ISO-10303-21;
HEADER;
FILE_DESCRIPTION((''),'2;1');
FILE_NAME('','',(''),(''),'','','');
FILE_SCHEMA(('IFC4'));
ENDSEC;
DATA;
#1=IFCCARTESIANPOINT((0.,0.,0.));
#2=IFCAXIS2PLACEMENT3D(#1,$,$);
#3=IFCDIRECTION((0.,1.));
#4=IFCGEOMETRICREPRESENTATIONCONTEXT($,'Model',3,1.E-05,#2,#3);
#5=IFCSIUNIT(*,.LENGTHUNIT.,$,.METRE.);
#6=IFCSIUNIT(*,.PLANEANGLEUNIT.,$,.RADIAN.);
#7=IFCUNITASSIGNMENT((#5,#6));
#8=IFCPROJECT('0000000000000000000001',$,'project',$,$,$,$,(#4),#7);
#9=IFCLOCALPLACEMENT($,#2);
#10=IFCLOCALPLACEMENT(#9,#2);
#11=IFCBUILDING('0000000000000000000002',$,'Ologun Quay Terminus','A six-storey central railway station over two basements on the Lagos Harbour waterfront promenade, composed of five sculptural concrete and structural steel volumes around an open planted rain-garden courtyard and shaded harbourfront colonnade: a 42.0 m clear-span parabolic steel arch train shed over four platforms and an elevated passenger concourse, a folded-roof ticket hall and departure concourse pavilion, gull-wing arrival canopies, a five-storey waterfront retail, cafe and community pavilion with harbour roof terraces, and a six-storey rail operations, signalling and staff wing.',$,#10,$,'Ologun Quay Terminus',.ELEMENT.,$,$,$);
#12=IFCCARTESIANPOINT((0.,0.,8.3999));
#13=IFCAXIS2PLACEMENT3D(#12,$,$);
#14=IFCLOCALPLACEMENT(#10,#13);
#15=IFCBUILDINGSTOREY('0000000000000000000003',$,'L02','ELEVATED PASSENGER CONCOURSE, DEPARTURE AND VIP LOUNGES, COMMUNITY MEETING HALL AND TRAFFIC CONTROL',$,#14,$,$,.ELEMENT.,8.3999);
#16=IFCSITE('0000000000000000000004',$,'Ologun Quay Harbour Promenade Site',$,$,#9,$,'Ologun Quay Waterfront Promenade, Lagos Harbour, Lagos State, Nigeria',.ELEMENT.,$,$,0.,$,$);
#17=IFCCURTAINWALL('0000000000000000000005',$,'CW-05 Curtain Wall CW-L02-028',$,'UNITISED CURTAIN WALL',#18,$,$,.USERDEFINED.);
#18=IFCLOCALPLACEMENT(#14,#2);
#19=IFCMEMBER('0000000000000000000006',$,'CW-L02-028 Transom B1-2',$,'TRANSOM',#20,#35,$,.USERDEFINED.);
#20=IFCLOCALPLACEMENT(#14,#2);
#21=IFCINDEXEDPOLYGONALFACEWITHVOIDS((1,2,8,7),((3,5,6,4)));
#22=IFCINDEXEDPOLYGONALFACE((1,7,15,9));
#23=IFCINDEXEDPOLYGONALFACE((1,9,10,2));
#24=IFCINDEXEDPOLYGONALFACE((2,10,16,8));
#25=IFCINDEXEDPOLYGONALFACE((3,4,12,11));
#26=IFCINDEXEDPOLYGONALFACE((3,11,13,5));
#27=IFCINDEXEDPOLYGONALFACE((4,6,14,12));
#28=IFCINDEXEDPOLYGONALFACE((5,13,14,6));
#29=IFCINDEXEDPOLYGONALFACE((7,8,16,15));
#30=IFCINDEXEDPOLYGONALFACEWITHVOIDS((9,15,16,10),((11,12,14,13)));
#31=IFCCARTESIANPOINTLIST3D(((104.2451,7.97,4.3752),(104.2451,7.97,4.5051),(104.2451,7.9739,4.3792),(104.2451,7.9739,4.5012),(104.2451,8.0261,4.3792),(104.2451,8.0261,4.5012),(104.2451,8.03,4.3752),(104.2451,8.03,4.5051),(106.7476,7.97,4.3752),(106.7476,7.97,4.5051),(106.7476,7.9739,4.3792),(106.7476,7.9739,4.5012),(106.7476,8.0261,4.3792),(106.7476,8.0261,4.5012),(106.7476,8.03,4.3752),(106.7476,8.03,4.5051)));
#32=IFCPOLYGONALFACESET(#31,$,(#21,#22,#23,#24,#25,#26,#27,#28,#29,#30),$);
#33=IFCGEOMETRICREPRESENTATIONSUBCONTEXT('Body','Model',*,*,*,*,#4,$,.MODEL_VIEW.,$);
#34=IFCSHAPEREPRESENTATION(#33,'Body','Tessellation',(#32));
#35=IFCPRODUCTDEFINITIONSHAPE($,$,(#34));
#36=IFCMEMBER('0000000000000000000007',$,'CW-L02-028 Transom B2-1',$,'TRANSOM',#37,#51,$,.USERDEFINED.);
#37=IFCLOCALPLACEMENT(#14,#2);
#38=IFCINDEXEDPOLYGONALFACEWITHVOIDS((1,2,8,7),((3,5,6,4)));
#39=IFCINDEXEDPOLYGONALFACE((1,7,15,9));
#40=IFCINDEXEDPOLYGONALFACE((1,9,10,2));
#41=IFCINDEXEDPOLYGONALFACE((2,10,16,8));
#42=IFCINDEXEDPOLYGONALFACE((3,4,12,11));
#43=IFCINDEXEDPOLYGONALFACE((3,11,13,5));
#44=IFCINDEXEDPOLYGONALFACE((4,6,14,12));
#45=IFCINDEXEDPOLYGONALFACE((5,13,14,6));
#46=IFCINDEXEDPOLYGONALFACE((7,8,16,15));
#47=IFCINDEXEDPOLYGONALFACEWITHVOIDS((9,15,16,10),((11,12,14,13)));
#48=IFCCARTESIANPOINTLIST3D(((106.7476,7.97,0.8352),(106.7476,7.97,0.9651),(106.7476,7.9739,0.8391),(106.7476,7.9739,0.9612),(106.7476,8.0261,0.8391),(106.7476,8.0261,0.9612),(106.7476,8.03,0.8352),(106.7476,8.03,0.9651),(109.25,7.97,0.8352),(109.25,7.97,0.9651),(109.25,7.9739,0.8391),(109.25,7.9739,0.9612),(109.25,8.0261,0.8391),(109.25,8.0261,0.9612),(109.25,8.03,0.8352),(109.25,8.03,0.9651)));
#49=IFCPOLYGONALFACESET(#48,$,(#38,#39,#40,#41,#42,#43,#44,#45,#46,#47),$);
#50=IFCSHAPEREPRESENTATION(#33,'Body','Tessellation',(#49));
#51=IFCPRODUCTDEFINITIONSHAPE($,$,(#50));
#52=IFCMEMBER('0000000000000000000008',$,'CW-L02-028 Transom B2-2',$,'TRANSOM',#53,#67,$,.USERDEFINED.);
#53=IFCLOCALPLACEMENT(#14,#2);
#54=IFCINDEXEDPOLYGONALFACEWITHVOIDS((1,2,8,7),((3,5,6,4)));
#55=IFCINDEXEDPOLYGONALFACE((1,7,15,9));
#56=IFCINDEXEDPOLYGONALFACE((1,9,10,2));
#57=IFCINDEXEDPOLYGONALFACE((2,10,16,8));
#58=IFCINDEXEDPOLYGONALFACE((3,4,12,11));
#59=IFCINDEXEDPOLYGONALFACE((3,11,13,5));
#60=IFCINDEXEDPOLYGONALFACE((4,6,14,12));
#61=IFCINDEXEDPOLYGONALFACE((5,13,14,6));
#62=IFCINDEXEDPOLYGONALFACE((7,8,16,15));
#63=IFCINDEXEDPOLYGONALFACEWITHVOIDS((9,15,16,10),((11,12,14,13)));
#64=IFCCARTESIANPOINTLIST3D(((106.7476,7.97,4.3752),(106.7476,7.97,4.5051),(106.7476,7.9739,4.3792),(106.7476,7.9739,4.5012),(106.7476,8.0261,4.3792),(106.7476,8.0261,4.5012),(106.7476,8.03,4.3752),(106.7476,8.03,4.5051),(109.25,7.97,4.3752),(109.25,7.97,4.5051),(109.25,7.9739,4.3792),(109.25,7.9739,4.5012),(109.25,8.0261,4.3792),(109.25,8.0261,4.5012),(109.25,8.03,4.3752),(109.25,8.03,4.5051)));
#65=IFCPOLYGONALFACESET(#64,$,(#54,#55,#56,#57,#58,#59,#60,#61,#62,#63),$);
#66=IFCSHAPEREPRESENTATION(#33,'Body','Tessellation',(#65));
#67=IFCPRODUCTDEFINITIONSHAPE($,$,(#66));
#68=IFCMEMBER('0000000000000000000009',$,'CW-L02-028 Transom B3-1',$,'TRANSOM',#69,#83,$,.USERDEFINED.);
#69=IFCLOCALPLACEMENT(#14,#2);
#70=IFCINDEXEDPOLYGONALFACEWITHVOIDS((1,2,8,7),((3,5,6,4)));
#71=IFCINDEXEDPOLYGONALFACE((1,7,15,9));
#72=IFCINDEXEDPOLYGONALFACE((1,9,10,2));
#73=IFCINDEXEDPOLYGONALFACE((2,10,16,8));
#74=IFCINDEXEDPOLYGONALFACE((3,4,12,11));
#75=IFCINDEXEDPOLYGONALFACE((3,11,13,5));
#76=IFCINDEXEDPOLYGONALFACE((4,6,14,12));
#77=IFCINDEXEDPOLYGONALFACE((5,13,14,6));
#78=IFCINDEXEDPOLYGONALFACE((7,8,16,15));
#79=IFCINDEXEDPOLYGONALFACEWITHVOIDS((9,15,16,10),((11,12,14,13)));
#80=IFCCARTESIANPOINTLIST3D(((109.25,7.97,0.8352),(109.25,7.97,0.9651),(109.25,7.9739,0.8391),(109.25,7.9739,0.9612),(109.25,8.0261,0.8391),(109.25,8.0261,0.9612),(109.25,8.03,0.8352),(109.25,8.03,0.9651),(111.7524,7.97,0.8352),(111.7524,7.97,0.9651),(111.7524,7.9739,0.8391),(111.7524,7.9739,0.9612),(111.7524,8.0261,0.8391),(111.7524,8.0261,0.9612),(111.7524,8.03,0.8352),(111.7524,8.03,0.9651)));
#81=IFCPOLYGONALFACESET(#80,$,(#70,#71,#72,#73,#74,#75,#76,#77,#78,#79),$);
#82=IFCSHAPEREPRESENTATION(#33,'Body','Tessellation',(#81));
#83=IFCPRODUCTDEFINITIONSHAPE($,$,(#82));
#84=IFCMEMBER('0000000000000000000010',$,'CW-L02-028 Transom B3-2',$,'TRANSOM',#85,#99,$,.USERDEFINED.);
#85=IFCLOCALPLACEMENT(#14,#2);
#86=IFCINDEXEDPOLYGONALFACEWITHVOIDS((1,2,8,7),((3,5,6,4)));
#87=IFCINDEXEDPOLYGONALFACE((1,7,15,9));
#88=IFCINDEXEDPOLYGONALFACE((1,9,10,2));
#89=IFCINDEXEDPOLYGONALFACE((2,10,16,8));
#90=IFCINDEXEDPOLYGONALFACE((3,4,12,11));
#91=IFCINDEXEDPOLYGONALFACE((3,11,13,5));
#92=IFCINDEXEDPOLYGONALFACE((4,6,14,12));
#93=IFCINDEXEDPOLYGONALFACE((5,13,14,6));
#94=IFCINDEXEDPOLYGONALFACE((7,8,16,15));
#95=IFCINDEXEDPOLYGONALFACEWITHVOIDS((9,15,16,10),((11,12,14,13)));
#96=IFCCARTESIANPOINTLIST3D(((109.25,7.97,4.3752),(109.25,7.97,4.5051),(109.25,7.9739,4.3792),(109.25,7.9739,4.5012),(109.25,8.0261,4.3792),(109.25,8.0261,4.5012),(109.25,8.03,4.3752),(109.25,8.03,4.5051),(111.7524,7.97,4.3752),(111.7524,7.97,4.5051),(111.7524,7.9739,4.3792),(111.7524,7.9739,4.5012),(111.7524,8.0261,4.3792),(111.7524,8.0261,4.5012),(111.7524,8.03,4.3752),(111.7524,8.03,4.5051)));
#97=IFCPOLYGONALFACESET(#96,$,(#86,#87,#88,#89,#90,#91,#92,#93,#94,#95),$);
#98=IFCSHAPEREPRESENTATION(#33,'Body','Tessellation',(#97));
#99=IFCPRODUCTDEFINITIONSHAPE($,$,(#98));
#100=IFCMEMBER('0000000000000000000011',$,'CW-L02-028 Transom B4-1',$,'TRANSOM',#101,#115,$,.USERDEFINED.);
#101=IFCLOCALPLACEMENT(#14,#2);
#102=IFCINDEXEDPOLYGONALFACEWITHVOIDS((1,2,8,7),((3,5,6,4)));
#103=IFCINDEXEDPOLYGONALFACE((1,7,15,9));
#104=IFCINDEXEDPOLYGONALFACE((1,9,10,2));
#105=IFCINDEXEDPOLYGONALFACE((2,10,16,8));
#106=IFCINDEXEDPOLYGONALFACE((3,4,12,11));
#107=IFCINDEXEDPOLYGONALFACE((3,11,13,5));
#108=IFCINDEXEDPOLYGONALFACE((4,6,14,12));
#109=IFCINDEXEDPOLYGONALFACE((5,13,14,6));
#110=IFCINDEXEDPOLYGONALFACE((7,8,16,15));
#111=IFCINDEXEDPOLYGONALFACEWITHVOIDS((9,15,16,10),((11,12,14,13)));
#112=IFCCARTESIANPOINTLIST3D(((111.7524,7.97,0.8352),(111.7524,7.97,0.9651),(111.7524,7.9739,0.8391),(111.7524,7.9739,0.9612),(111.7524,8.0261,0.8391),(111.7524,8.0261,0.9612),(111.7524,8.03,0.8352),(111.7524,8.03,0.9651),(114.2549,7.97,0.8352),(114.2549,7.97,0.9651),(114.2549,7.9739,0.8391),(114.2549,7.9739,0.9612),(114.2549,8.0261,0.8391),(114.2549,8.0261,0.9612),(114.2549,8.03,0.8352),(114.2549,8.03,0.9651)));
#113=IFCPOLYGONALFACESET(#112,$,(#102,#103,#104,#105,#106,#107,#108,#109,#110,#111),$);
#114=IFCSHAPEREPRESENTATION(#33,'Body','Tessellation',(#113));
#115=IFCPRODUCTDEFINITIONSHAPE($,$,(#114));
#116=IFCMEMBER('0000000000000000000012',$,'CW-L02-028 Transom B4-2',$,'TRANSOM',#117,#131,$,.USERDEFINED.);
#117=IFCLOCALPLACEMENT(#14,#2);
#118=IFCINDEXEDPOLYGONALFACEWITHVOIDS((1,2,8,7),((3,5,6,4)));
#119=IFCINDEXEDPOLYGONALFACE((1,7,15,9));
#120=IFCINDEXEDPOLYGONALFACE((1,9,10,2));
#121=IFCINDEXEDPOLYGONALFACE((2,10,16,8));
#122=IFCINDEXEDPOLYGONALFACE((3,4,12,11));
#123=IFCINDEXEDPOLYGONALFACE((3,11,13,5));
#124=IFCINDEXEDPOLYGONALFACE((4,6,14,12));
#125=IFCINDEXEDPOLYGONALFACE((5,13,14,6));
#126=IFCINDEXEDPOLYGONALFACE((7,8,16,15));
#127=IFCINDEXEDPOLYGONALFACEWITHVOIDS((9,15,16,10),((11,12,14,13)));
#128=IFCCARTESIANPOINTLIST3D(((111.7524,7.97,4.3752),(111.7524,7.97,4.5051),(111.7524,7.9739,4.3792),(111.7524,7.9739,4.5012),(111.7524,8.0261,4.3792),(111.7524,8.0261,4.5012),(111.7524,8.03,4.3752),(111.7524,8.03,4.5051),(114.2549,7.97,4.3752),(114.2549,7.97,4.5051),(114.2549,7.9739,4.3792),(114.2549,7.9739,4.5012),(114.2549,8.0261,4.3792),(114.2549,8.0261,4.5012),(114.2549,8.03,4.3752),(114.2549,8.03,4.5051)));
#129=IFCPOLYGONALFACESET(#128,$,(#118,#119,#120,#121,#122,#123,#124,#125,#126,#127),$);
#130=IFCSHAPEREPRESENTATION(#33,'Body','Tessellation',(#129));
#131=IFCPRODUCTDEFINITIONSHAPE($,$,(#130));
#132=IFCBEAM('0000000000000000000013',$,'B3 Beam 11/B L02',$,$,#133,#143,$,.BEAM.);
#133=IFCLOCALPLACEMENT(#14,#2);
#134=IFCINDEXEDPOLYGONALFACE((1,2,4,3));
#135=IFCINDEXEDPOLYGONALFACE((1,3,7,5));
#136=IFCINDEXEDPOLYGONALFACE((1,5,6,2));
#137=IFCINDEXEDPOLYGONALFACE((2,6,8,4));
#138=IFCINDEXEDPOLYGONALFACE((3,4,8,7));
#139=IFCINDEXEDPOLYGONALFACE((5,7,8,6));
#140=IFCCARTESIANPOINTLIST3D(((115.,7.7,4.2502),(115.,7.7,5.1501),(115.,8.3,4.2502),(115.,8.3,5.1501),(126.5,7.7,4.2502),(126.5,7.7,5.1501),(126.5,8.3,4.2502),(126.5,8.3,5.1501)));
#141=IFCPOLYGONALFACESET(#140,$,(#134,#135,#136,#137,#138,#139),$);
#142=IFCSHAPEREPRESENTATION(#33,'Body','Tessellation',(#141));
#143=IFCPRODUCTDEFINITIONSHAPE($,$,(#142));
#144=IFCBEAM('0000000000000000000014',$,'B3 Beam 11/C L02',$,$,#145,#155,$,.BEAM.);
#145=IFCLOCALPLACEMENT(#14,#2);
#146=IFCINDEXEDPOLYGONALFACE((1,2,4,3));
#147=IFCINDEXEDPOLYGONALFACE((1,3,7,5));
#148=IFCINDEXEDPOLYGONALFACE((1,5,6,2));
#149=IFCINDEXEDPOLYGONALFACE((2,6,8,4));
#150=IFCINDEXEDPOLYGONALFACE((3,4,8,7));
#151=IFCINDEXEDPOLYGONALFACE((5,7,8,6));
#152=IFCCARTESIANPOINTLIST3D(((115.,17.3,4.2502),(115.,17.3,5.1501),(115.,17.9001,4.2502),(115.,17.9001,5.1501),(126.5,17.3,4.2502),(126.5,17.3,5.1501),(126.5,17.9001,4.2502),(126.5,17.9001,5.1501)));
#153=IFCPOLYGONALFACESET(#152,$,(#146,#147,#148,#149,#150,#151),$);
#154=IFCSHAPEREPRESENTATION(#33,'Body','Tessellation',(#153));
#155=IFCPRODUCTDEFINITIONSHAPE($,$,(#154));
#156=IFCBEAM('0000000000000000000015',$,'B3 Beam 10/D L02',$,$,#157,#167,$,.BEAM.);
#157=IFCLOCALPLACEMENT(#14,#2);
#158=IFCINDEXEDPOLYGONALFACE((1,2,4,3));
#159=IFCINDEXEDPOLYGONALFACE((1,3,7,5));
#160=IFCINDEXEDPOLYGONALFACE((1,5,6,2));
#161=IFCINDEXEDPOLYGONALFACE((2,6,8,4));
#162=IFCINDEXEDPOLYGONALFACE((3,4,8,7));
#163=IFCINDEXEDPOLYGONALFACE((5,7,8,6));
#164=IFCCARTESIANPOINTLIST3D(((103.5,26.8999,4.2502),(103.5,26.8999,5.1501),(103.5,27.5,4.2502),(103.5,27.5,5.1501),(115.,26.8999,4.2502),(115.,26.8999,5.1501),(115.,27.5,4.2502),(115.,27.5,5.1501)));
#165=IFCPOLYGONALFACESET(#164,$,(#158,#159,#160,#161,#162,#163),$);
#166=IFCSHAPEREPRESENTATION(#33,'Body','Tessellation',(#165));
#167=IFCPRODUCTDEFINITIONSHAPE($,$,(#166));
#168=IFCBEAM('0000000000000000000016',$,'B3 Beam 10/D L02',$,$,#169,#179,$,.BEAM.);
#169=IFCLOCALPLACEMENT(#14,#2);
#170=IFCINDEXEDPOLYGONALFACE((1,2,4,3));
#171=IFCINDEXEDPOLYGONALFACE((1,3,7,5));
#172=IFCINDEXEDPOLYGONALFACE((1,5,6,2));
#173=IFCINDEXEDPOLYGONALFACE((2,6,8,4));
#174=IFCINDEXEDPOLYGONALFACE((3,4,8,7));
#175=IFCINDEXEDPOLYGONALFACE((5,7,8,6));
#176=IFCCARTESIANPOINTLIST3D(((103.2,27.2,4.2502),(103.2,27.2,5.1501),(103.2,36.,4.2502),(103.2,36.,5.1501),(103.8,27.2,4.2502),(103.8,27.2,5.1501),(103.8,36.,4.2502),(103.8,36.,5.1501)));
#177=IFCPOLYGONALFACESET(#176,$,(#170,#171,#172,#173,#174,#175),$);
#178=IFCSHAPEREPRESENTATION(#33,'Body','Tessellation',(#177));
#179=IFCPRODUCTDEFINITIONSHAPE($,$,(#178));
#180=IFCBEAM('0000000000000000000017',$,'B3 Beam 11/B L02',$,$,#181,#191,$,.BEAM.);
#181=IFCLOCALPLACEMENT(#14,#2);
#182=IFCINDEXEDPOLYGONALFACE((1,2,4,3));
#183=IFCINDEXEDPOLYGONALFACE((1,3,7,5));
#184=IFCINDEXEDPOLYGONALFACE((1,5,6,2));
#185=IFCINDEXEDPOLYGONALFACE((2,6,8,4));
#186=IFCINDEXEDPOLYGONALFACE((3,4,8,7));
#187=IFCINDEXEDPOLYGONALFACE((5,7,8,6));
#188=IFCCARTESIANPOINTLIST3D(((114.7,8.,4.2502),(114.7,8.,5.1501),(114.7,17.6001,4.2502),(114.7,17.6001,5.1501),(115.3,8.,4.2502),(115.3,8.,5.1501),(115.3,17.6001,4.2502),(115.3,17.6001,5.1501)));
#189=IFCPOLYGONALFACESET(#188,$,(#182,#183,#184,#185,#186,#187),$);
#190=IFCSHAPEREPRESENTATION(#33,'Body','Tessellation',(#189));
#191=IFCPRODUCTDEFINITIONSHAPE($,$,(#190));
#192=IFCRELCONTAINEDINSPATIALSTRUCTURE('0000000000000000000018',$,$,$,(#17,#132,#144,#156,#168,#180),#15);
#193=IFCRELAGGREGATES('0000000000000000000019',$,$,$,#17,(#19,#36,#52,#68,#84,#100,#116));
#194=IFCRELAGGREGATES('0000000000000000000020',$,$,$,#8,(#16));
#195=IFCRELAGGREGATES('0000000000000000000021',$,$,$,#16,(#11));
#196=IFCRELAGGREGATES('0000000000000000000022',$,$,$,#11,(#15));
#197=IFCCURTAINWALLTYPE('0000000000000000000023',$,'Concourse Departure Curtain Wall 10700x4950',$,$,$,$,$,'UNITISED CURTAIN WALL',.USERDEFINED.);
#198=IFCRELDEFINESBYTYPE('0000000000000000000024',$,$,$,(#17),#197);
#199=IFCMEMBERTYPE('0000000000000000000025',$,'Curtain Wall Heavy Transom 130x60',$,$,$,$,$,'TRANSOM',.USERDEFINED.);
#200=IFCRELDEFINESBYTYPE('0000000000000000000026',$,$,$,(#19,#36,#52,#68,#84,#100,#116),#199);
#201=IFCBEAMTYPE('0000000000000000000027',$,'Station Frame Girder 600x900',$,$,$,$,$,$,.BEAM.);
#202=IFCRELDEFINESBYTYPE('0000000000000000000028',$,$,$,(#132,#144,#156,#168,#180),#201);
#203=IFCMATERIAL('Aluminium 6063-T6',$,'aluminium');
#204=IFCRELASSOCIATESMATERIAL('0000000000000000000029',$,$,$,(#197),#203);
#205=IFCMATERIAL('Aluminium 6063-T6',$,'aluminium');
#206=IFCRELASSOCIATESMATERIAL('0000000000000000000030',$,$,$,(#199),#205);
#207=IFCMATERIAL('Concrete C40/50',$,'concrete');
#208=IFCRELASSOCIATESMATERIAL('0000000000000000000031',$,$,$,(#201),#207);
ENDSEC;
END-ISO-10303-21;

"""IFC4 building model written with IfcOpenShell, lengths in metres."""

from ifc_helpers import new_model, si_unit, direction, frame, origin, origin_2d, place, context, subcontext, project, spatial, rectangle, hollow_rectangle, extrude, material, material_profile, profile_set, type_object, element, aggregate, save


model = new_model("IFC4")

# Units and contexts
model_context = context("Model", 3, precision=1e-05, world=origin(), true_north=direction((0.0, 1.0)))
body_context = subcontext(model_context, "Body", "Model", "MODEL_VIEW")
ifc_project = project(units=[si_unit("LENGTHUNIT", "METRE"), si_unit("PLANEANGLEUNIT", "RADIAN")], contexts=[model_context])

# Site, building, storey
site_placement = place(None, origin())
site = spatial("IfcSite", under=ifc_project, at=site_placement, Name="Ologun Quay Harbour Promenade Site", LongName="Ologun Quay Waterfront Promenade, Lagos Harbour, Lagos State, Nigeria", CompositionType="ELEMENT", RefElevation=0.0)
building_placement = place(site_placement, origin())
building = spatial("IfcBuilding", under=site, at=building_placement, Name="Ologun Quay Terminus", Description="A six-storey central railway station over two basements on the Lagos Harbour waterfront promenade, composed of five sculptural concrete and structural steel volumes around an open planted rain-garden courtyard and shaded harbourfront colonnade: a 42.0 m clear-span parabolic steel arch train shed over four platforms and an elevated passenger concourse, a folded-roof ticket hall and departure concourse pavilion, gull-wing arrival canopies, a five-storey waterfront retail, cafe and community pavilion with harbour roof terraces, and a six-storey rail operations, signalling and staff wing.", LongName="Ologun Quay Terminus", CompositionType="ELEMENT")
storey_placement = place(building_placement, frame((0.0, 0.0, 8.3999)))
storey = spatial("IfcBuildingStorey", under=building, at=storey_placement, Name="L02", Description="ELEVATED PASSENGER CONCOURSE, DEPARTURE AND VIP LOUNGES, COMMUNITY MEETING HALL AND TRAFFIC CONTROL", CompositionType="ELEMENT", Elevation=8.3999)

# Curtain wall, members
ifc_material_1 = material(Name="Aluminium 6063-T6", Category="aluminium")
curtain_wall_type = type_object("IfcCurtainWallType", Name="Concourse Departure Curtain Wall 10700x4950", ElementType="UNITISED CURTAIN WALL", PredefinedType="USERDEFINED", material=ifc_material_1)
curtain_wall_placement = place(storey_placement, origin())
curtain_wall = element("IfcCurtainWall", 1, at=curtain_wall_placement, inside=storey, type_object=curtain_wall_type, Name="CW-05 Curtain Wall CW-L02-028", ObjectType="UNITISED CURTAIN WALL", PredefinedType="USERDEFINED")
ifc_material_2 = material(Name="Aluminium 6063-T6", Category="aluminium")
ifc_material_profile_1 = material_profile(ifc_material_2, hollow_rectangle(XDim=0.0601, YDim=0.1299, WallThickness=0.0039, at=origin_2d()), Name="ALU 130x60x4")
ifc_profile_set_1 = profile_set([ifc_material_profile_1], Name="Aluminium 6063-T6")
member_type_1 = type_object("IfcMemberType", Name="Curtain Wall Heavy Transom 130x60", ElementType="TRANSOM", PredefinedType="USERDEFINED", material=ifc_profile_set_1)
member_1_placement = place(storey_placement, frame((104.2451, 8.0, 4.4402), z_axis=(1.0, 0.0, 0.0), x_axis=(0.0, 1.0, 0.0)))
member_1 = element("IfcMember", 2, at=member_1_placement, type_object=member_type_1, Name="CW-L02-028 Transom B1-2", ObjectType="TRANSOM", PredefinedType="USERDEFINED", context=body_context, shape_type="SweptSolid", body=[
    extrude(hollow_rectangle(XDim=0.0601, YDim=0.1299, WallThickness=0.0039, at=origin_2d()), origin(), (0.0, 0.0, 1.0), 2.5024),
])
member_2_placement = place(storey_placement, frame((106.7476, 8.0, 0.9001), z_axis=(1.0, 0.0, 0.0), x_axis=(0.0, 1.0, 0.0)))
member_2 = element("IfcMember", 3, at=member_2_placement, type_object=member_type_1, Name="CW-L02-028 Transom B2-1", ObjectType="TRANSOM", PredefinedType="USERDEFINED", context=body_context, shape_type="SweptSolid", body=[
    extrude(hollow_rectangle(XDim=0.0601, YDim=0.1299, WallThickness=0.0039, at=origin_2d()), origin(), (0.0, 0.0, 1.0), 2.5024),
])
member_3_placement = place(storey_placement, frame((106.7476, 8.0, 4.4402), z_axis=(1.0, 0.0, 0.0), x_axis=(0.0, 1.0, 0.0)))
member_3 = element("IfcMember", 4, at=member_3_placement, type_object=member_type_1, Name="CW-L02-028 Transom B2-2", ObjectType="TRANSOM", PredefinedType="USERDEFINED", context=body_context, shape_type="SweptSolid", body=[
    extrude(hollow_rectangle(XDim=0.0601, YDim=0.1299, WallThickness=0.0039, at=origin_2d()), origin(), (0.0, 0.0, 1.0), 2.5024),
])
member_4_placement = place(storey_placement, frame((109.25, 8.0, 0.9001), z_axis=(1.0, 0.0, 0.0), x_axis=(0.0, 1.0, 0.0)))
member_4 = element("IfcMember", 5, at=member_4_placement, type_object=member_type_1, Name="CW-L02-028 Transom B3-1", ObjectType="TRANSOM", PredefinedType="USERDEFINED", context=body_context, shape_type="SweptSolid", body=[
    extrude(hollow_rectangle(XDim=0.0601, YDim=0.1299, WallThickness=0.0039, at=origin_2d()), origin(), (0.0, 0.0, 1.0), 2.5024),
])
member_5_placement = place(storey_placement, frame((109.25, 8.0, 4.4402), z_axis=(1.0, 0.0, 0.0), x_axis=(0.0, 1.0, 0.0)))
member_5 = element("IfcMember", 6, at=member_5_placement, type_object=member_type_1, Name="CW-L02-028 Transom B3-2", ObjectType="TRANSOM", PredefinedType="USERDEFINED", context=body_context, shape_type="SweptSolid", body=[
    extrude(hollow_rectangle(XDim=0.0601, YDim=0.1299, WallThickness=0.0039, at=origin_2d()), origin(), (0.0, 0.0, 1.0), 2.5024),
])
member_6_placement = place(storey_placement, frame((111.7524, 8.0, 0.9001), z_axis=(1.0, 0.0, 0.0), x_axis=(0.0, 1.0, 0.0)))
member_6 = element("IfcMember", 7, at=member_6_placement, type_object=member_type_1, Name="CW-L02-028 Transom B4-1", ObjectType="TRANSOM", PredefinedType="USERDEFINED", context=body_context, shape_type="SweptSolid", body=[
    extrude(hollow_rectangle(XDim=0.0601, YDim=0.1299, WallThickness=0.0039, at=origin_2d()), origin(), (0.0, 0.0, 1.0), 2.5024),
])
member_7_placement = place(storey_placement, frame((111.7524, 8.0, 4.4402), z_axis=(1.0, 0.0, 0.0), x_axis=(0.0, 1.0, 0.0)))
member_7 = element("IfcMember", 8, at=member_7_placement, type_object=member_type_1, Name="CW-L02-028 Transom B4-2", ObjectType="TRANSOM", PredefinedType="USERDEFINED", context=body_context, shape_type="SweptSolid", body=[
    extrude(hollow_rectangle(XDim=0.0601, YDim=0.1299, WallThickness=0.0039, at=origin_2d()), origin(), (0.0, 0.0, 1.0), 2.5024),
])

# Beams
ifc_material_3 = material(Name="Concrete C40/50", Category="concrete")
ifc_material_profile_2 = material_profile(ifc_material_3, rectangle(XDim=0.6001, YDim=0.8999, at=origin_2d()), Name="RC 600x900")
ifc_profile_set_2 = profile_set([ifc_material_profile_2], Name="Concrete C40/50")
beam_type_1 = type_object("IfcBeamType", Name="Station Frame Girder 600x900", PredefinedType="BEAM", material=ifc_profile_set_2)
for number, where, z_axis, x_axis, name in (
    (9, (115.0, 8.0, 4.7002), (1.0, 0.0, 0.0), (0.0, 1.0, 0.0), "B3 Beam 11/B L02"),
    (10, (115.0, 17.6001, 4.7002), (1.0, 0.0, 0.0), (0.0, 1.0, 0.0), "B3 Beam 11/C L02"),
    (11, (103.5, 27.2, 4.7002), (1.0, 0.0, 0.0), (0.0, 1.0, 0.0), "B3 Beam 10/D L02"),
):
    element("IfcBeam", number, at=place(storey_placement, frame(where, z_axis=z_axis, x_axis=x_axis)), inside=storey, type_object=beam_type_1, Name=name, PredefinedType="BEAM", context=body_context, shape_type="SweptSolid", body=[
        extrude(rectangle(XDim=0.6001, YDim=0.8999, at=origin_2d()), origin(), (0.0, 0.0, 1.0), 11.5),
    ])
beam_1_placement = place(storey_placement, frame((103.5, 27.2, 4.7002), z_axis=(0.0, 1.0, 0.0), x_axis=(-1.0, 0.0, 0.0)))
element("IfcBeam", 12, at=beam_1_placement, inside=storey, type_object=beam_type_1, Name="B3 Beam 10/D L02", PredefinedType="BEAM", context=body_context, shape_type="SweptSolid", body=[
    extrude(rectangle(XDim=0.6001, YDim=0.8999, at=origin_2d()), origin(), (0.0, 0.0, 1.0), 8.8),
])
beam_2_placement = place(storey_placement, frame((115.0, 8.0, 4.7002), z_axis=(0.0, 1.0, 0.0), x_axis=(-1.0, 0.0, 0.0)))
element("IfcBeam", 13, at=beam_2_placement, inside=storey, type_object=beam_type_1, Name="B3 Beam 11/B L02", PredefinedType="BEAM", context=body_context, shape_type="SweptSolid", body=[
    extrude(rectangle(XDim=0.6001, YDim=0.8999, at=origin_2d()), origin(), (0.0, 0.0, 1.0), 9.6001),
])

aggregate(curtain_wall, [member_1, member_2, member_3, member_4, member_5, member_6, member_7])

save(model, "model.ifc")
